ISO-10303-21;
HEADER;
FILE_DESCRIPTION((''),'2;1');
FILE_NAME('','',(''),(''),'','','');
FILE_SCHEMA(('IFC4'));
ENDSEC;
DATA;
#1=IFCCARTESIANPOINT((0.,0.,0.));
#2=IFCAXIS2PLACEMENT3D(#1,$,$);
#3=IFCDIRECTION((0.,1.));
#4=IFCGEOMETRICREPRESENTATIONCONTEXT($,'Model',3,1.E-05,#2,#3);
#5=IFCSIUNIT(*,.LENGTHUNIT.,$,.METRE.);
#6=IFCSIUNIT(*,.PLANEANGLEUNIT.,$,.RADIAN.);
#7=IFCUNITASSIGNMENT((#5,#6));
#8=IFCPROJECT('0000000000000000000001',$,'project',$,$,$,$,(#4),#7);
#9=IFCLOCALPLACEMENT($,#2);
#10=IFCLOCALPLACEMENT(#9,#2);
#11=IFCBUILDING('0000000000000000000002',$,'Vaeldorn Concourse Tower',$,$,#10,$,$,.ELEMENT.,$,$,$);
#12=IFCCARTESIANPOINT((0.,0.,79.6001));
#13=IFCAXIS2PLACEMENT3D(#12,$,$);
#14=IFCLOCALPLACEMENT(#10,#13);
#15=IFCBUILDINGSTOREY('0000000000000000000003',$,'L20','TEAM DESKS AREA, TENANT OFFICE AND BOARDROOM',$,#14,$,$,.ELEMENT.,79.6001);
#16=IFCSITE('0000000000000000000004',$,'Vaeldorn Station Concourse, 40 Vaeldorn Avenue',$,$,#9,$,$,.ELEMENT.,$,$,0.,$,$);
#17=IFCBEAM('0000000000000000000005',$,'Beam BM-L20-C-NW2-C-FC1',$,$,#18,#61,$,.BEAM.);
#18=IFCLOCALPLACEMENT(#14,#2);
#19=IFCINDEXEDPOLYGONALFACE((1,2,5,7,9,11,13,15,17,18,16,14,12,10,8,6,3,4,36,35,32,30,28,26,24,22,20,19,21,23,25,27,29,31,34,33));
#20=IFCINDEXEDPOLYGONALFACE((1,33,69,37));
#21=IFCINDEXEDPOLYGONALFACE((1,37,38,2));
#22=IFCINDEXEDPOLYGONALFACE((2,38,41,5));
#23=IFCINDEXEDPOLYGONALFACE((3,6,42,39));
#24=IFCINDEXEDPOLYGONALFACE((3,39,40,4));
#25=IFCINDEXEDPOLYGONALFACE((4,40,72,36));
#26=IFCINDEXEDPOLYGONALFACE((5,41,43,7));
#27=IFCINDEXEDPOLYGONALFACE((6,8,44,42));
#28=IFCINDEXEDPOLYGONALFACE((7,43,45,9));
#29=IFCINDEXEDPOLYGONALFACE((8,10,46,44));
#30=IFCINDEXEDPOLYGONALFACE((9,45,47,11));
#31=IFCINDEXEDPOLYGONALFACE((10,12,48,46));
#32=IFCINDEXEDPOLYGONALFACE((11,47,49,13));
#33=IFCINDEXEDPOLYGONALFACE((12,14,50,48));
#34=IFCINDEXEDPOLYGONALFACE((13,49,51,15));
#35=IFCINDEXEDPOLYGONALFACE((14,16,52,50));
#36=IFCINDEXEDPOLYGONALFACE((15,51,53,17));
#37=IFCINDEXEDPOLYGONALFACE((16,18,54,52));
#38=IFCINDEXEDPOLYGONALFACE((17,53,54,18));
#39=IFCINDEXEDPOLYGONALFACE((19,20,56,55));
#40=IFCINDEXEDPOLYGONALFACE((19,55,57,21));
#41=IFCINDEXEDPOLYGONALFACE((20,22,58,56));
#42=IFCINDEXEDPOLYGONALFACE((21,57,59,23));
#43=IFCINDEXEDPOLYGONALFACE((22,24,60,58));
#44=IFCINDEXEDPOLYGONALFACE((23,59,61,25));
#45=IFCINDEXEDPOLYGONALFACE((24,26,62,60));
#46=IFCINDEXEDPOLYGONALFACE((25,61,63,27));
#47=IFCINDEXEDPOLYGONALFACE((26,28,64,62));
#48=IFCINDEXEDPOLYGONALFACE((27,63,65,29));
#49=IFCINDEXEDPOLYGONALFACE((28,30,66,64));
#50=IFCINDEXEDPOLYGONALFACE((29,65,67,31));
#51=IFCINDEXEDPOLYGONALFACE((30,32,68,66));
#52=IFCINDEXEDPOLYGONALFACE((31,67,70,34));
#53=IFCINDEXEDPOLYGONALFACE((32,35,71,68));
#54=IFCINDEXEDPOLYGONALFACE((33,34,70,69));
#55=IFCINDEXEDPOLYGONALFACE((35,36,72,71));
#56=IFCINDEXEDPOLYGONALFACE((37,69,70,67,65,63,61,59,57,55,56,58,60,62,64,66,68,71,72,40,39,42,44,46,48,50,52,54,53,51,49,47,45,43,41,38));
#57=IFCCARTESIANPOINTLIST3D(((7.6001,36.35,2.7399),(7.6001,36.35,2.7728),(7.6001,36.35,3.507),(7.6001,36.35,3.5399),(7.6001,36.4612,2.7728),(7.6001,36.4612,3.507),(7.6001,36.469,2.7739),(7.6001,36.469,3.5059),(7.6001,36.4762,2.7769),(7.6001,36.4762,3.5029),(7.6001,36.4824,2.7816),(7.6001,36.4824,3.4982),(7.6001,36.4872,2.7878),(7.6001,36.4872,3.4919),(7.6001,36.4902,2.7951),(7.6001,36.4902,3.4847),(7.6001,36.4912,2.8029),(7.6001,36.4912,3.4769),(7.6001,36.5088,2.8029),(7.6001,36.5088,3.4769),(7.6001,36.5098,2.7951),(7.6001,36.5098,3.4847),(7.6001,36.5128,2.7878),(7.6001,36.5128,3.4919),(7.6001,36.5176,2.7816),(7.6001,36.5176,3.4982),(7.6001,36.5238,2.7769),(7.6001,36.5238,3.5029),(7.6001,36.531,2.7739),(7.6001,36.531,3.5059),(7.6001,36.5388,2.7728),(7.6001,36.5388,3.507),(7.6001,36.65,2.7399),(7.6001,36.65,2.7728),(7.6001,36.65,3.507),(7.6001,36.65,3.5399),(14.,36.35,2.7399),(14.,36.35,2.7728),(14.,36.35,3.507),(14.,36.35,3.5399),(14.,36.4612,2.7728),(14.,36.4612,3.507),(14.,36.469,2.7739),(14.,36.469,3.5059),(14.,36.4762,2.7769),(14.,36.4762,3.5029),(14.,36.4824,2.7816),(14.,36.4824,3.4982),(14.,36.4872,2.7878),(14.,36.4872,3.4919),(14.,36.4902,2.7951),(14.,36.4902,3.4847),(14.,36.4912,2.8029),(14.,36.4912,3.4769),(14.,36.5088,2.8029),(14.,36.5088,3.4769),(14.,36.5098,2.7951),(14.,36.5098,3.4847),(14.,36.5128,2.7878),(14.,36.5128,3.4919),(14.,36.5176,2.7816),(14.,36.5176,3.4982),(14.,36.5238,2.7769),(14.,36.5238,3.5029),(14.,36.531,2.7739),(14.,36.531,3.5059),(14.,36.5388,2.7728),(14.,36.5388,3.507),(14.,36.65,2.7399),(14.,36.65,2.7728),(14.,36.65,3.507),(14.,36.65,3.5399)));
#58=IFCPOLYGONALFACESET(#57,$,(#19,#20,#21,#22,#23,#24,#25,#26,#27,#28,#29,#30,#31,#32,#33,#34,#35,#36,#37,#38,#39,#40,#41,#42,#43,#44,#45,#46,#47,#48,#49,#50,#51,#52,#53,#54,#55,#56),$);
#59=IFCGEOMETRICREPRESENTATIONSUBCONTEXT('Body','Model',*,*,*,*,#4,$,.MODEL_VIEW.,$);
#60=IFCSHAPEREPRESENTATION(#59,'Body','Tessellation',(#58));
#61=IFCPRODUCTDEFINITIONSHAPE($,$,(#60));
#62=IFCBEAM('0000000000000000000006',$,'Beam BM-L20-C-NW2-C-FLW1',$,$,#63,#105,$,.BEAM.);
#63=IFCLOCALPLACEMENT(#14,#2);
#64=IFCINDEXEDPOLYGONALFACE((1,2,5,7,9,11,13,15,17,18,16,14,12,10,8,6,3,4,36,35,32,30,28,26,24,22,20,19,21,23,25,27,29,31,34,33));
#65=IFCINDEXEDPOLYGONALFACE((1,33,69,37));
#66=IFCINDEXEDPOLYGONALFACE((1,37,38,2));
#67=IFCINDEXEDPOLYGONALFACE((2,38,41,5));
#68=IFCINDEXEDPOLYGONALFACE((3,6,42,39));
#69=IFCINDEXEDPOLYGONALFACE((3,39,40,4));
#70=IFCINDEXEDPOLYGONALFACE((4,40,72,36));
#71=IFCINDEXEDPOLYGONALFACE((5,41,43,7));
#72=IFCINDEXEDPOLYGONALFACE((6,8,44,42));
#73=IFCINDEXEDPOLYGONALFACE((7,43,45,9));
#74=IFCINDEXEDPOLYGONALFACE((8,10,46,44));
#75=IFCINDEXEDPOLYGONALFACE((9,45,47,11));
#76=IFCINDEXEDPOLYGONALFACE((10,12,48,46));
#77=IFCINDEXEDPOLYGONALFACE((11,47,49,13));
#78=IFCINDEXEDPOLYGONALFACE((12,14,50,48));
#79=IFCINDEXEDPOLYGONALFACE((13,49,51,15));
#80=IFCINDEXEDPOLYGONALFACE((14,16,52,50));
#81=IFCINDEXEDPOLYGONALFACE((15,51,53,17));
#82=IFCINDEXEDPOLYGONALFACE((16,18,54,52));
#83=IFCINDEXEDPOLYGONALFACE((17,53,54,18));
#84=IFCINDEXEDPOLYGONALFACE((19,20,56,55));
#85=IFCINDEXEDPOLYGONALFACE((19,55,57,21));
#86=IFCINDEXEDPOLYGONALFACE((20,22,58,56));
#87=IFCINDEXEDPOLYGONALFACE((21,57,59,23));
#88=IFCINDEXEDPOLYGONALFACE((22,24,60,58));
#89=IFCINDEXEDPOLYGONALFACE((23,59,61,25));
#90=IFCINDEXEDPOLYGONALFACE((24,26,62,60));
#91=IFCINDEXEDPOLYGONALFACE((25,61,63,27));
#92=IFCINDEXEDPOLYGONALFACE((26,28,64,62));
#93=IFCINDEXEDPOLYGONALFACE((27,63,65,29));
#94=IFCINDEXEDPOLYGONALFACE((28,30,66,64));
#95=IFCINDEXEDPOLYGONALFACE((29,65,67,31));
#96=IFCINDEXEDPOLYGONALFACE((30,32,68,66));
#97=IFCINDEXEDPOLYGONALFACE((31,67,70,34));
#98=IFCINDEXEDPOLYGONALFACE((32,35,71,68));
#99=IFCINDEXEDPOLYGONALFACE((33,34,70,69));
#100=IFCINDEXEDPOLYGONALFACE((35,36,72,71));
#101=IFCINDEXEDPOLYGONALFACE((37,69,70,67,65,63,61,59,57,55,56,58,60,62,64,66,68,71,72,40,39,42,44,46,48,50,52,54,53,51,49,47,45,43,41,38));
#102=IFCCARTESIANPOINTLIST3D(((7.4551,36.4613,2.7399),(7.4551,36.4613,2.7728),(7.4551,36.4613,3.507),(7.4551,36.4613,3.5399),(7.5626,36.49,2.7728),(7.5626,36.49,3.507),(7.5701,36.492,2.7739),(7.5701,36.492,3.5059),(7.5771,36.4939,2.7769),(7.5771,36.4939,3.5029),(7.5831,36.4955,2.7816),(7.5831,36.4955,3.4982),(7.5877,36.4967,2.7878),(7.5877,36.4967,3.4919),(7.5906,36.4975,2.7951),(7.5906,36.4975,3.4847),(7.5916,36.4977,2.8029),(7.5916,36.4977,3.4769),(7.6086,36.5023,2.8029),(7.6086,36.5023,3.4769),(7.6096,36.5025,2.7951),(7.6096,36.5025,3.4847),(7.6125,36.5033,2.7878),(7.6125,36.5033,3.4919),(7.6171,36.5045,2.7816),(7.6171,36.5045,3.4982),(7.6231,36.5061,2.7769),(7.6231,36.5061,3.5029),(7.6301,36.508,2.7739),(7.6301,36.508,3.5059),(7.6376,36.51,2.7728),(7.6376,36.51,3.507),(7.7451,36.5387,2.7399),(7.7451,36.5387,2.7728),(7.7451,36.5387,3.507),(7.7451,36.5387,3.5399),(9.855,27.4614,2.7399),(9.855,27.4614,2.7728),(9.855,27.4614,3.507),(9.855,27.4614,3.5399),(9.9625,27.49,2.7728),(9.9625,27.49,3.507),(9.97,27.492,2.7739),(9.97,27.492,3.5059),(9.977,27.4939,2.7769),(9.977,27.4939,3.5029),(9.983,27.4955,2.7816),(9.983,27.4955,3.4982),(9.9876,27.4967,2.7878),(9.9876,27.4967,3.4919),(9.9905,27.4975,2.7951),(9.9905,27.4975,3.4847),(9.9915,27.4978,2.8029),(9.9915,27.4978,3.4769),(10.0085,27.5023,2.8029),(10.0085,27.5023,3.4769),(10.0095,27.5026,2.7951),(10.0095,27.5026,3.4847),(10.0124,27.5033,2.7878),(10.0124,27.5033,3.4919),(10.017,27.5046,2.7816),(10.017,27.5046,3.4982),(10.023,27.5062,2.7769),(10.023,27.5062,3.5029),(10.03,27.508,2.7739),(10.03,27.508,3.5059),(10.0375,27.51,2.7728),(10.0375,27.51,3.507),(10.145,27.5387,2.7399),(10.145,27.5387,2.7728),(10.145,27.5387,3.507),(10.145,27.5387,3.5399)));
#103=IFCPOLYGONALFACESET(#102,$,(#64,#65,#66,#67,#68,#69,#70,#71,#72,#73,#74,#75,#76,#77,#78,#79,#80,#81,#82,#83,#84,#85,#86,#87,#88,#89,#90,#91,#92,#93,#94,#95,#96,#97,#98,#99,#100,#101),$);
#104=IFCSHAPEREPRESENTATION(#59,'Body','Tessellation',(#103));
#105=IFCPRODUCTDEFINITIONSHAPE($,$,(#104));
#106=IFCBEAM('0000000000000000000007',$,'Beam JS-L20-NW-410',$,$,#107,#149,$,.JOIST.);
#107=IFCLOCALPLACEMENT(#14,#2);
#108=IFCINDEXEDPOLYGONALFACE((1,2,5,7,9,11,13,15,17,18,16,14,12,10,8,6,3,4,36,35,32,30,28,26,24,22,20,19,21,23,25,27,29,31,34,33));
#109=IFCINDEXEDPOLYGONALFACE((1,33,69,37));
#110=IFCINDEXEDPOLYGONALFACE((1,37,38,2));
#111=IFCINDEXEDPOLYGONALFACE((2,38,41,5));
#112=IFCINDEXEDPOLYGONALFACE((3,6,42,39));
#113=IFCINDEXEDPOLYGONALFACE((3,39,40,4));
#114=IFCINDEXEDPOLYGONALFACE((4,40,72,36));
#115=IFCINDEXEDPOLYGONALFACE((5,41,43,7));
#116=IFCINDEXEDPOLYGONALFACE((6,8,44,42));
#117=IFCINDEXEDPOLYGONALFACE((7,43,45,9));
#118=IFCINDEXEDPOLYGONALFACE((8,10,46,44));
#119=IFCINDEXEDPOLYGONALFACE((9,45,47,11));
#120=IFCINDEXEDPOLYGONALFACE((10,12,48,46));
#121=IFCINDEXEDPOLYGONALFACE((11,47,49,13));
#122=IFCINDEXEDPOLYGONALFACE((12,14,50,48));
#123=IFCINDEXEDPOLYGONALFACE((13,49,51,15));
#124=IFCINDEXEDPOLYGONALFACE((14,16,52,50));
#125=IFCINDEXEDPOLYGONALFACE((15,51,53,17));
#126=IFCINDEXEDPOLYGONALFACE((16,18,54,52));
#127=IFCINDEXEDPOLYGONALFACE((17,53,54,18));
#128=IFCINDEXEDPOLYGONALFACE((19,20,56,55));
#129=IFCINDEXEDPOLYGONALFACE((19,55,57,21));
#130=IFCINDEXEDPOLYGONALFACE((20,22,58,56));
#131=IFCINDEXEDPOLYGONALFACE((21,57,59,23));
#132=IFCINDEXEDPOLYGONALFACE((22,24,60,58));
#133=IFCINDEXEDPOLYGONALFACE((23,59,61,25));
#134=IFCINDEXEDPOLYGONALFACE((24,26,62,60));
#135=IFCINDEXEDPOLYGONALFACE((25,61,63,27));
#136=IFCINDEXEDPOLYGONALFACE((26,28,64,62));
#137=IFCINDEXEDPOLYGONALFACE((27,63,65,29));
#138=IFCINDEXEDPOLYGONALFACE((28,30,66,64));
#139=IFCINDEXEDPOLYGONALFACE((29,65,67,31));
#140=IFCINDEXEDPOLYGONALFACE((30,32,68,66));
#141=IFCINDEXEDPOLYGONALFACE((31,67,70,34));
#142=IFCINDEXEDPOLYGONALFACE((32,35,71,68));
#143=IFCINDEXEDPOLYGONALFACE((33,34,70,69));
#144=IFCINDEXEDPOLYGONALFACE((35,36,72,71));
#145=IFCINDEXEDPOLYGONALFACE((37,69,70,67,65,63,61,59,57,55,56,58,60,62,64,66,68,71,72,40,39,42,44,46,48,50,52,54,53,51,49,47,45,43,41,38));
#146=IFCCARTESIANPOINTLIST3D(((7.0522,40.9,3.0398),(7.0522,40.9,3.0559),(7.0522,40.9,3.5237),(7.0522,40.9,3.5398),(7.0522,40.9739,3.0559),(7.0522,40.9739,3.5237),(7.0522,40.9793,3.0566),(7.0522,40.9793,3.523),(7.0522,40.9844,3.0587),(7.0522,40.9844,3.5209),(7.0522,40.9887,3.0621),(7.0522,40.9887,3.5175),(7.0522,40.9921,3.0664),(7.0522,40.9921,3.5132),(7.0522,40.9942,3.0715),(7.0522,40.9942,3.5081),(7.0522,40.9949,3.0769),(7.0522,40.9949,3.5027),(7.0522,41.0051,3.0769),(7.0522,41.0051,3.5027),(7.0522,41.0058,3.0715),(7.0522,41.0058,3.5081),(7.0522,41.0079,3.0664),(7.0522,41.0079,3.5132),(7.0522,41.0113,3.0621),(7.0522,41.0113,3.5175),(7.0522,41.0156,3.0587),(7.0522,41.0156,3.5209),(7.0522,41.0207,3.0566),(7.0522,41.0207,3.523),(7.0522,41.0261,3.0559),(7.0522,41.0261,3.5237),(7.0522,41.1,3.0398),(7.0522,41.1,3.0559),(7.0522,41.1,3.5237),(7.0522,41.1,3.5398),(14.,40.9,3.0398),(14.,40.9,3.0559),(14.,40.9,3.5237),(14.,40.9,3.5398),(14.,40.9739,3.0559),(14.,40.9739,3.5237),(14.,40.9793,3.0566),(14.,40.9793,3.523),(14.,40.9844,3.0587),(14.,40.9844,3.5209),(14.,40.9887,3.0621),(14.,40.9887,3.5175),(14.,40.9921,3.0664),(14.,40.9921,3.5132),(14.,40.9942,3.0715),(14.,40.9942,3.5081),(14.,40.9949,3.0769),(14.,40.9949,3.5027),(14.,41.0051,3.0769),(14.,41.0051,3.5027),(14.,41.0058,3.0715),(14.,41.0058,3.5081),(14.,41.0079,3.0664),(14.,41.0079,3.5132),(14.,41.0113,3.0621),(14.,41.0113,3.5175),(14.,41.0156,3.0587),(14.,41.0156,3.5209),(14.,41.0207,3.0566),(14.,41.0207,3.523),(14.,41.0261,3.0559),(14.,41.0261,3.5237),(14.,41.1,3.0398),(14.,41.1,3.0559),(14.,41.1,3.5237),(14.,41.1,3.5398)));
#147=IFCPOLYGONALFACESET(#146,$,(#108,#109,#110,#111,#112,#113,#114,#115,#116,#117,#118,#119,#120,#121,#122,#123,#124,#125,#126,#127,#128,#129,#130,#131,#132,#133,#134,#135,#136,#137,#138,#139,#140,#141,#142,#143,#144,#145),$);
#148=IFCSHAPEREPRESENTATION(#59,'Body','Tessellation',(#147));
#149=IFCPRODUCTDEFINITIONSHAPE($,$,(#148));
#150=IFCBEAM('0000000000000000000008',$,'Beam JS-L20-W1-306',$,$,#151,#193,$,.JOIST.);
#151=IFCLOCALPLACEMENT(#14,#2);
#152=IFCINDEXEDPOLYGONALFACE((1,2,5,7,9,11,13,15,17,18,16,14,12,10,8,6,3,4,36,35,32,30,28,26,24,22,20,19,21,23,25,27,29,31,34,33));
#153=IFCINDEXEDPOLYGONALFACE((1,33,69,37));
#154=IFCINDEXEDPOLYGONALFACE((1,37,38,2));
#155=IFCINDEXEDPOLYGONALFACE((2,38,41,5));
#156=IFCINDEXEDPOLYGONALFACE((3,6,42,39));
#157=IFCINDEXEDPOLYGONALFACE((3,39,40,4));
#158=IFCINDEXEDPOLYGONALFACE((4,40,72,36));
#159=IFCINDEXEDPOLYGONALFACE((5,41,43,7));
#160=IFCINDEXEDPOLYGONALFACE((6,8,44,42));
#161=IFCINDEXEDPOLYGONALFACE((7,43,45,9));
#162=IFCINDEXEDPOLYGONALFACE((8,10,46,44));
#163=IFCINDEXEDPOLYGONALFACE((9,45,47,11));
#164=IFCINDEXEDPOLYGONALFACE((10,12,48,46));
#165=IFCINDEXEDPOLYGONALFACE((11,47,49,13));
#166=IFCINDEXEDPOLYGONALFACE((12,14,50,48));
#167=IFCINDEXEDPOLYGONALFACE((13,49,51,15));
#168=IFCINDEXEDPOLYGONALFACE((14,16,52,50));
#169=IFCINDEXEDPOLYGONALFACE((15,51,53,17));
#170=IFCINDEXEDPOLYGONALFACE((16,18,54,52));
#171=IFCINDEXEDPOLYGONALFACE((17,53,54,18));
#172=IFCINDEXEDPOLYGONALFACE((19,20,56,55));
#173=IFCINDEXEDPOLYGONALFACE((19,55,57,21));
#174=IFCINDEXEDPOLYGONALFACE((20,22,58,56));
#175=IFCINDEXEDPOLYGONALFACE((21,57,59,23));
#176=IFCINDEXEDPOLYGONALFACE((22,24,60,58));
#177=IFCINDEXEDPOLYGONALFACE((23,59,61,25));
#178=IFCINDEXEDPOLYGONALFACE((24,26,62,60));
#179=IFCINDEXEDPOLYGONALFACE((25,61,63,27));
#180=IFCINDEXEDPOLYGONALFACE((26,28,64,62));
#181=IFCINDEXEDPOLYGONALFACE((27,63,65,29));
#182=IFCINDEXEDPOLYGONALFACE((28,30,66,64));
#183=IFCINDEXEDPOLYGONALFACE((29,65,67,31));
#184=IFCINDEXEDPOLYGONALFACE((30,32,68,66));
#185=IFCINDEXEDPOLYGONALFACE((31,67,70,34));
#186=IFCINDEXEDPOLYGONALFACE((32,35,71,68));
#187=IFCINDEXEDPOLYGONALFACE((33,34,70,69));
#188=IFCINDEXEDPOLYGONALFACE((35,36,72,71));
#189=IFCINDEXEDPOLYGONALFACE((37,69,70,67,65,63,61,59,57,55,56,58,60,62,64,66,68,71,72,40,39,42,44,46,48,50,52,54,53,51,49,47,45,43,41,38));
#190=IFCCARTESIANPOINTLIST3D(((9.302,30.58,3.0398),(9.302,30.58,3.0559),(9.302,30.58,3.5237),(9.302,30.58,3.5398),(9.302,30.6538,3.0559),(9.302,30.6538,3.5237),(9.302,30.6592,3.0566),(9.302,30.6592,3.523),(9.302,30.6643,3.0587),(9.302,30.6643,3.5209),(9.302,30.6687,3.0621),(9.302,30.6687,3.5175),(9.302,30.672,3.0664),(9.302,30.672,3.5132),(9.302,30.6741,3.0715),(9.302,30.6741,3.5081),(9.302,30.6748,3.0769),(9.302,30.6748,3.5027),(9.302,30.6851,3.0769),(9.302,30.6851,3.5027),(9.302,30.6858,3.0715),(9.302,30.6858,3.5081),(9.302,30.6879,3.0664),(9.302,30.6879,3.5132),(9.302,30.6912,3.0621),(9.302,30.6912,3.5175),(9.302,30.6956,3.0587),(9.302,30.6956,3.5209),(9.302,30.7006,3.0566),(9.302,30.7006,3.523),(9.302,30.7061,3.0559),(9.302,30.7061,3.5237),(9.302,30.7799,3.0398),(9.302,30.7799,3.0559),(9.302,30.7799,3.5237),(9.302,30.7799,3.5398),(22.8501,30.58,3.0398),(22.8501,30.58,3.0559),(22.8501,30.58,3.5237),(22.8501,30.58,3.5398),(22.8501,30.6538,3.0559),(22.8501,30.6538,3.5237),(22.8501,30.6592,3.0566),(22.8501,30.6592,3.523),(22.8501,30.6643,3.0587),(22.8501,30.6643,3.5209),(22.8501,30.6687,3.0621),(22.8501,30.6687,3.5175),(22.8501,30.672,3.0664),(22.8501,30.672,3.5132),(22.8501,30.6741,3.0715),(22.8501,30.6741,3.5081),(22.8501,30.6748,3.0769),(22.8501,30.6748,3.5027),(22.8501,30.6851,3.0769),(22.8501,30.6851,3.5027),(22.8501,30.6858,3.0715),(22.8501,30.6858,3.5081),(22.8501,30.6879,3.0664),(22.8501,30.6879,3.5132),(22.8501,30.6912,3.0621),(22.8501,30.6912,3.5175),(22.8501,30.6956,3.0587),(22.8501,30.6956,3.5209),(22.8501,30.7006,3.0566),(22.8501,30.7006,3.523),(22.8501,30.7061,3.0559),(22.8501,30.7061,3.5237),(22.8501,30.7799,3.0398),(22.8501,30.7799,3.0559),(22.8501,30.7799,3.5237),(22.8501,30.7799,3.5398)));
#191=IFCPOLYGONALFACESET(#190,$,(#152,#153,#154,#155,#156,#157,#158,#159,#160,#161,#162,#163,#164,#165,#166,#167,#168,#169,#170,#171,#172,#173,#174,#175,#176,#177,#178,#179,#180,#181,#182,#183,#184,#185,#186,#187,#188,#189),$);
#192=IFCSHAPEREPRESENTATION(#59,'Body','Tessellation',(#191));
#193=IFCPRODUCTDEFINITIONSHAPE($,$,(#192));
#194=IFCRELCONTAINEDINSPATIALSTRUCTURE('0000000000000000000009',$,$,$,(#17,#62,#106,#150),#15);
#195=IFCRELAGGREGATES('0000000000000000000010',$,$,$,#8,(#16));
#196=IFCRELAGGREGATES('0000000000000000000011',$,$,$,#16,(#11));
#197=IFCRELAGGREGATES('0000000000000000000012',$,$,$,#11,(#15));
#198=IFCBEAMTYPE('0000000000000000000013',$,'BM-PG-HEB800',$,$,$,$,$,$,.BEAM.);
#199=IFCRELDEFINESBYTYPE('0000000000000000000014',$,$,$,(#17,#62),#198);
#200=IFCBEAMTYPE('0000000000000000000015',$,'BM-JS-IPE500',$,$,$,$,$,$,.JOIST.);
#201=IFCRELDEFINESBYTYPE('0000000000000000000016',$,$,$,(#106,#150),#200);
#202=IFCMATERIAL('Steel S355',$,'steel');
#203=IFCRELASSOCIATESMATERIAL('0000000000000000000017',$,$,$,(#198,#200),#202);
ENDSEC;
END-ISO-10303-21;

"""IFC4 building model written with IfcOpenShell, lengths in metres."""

from ifc_helpers import new_model, si_unit, direction, frame, origin, origin_2d, place, context, subcontext, project, spatial, i_section, extrude, source, transform, mapped, material, material_profile, profile_set, type_object, element, save


model = new_model("IFC4")

# Units and contexts
model_context = context("Model", 3, precision=1e-05, world=origin(), true_north=direction((0.0, 1.0)))
body_context = subcontext(model_context, "Body", "Model", "MODEL_VIEW")
ifc_project = project(units=[si_unit("LENGTHUNIT", "METRE"), si_unit("PLANEANGLEUNIT", "RADIAN")], contexts=[model_context])

# Site, building, storey
site_placement = place(None, origin())
site = spatial("IfcSite", under=ifc_project, at=site_placement, Name="Vaeldorn Station Concourse, 40 Vaeldorn Avenue", CompositionType="ELEMENT", RefElevation=0.0)
building_placement = place(site_placement, origin())
building = spatial("IfcBuilding", under=site, at=building_placement, Name="Vaeldorn Concourse Tower", CompositionType="ELEMENT")
storey_placement = place(building_placement, frame((0.0, 0.0, 79.6001)))
storey = spatial("IfcBuildingStorey", under=building, at=storey_placement, Name="L20", Description="TEAM DESKS AREA, TENANT OFFICE AND BOARDROOM", CompositionType="ELEMENT", Elevation=79.6001)

# Beams
ifc_material_1 = material(Name="Steel S355", Category="steel")
ifc_material_profile_1 = material_profile(ifc_material_1, i_section(OverallWidth=0.3, OverallDepth=0.8, WebThickness=0.0176, FlangeThickness=0.033, FilletRadius=0.03, at=origin_2d()), Name="HEB 800")
ifc_profile_set_1 = profile_set([ifc_material_profile_1], Name="Steel S355")
beam_type_1 = type_object("IfcBeamType", Name="BM-PG-HEB800", PredefinedType="BEAM", material=ifc_profile_set_1)
shared_shape_1 = source(origin(), body_context, "Body", "SweptSolid", [
    extrude(i_section(OverallWidth=0.3, OverallDepth=0.8, WebThickness=0.0176, FlangeThickness=0.033, FilletRadius=0.03, at=origin_2d()), origin(), (0.0, 0.0, 1.0), 6.3999),
])
beam_1_placement = place(storey_placement, frame((7.6001, 36.5, 3.1399), z_axis=(1.0, 0.0, 0.0), x_axis=(0.0, 1.0, 0.0)))
element("IfcBeam", 1, at=beam_1_placement, inside=storey, type_object=beam_type_1, Name="Beam BM-L20-C-NW2-C-FC1", PredefinedType="BEAM", context=body_context, shape_type="MappedRepresentation", body=[
    mapped(shared_shape_1, transform((0.0, 0.0, 0.0), scale=1.0)),
])
shared_shape_2 = source(origin(), body_context, "Body", "SweptSolid", [
    extrude(i_section(OverallWidth=0.3, OverallDepth=0.8, WebThickness=0.0176, FlangeThickness=0.033, FilletRadius=0.03, at=origin_2d()), origin(), (0.0, 0.0, 1.0), 9.3145),
])
beam_2_placement = place(storey_placement, frame((7.6001, 36.5, 3.1399), z_axis=(0.257653, -0.966238, 0.0), x_axis=(0.966238, 0.257653, 0.0)))
element("IfcBeam", 2, at=beam_2_placement, inside=storey, type_object=beam_type_1, Name="Beam BM-L20-C-NW2-C-FLW1", PredefinedType="BEAM", context=body_context, shape_type="MappedRepresentation", body=[
    mapped(shared_shape_2, transform((0.0, 0.0, 0.0), scale=1.0)),
])
ifc_material_profile_2 = material_profile(ifc_material_1, i_section(OverallWidth=0.2, OverallDepth=0.5, WebThickness=0.0103, FlangeThickness=0.0161, FilletRadius=0.021, at=origin_2d()), Name="IPE 500")
ifc_profile_set_2 = profile_set([ifc_material_profile_2], Name="Steel S355")
beam_type_2 = type_object("IfcBeamType", Name="BM-JS-IPE500", PredefinedType="JOIST", material=ifc_profile_set_2)
shared_shape_3 = source(origin(), body_context, "Body", "SweptSolid", [
    extrude(i_section(OverallWidth=0.2, OverallDepth=0.5, WebThickness=0.0103, FlangeThickness=0.0161, FilletRadius=0.021, at=origin_2d()), origin(), (0.0, 0.0, 1.0), 6.9478),
])
beam_3_placement = place(storey_placement, frame((7.0522, 41.0, 3.2898), z_axis=(1.0, 0.0, 0.0), x_axis=(0.0, 1.0, 0.0)))
element("IfcBeam", 3, at=beam_3_placement, inside=storey, type_object=beam_type_2, Name="Beam JS-L20-NW-410", PredefinedType="JOIST", context=body_context, shape_type="MappedRepresentation", body=[
    mapped(shared_shape_3, transform((0.0, 0.0, 0.0), scale=1.0)),
])
shared_shape_4 = source(origin(), body_context, "Body", "SweptSolid", [
    extrude(i_section(OverallWidth=0.2, OverallDepth=0.5, WebThickness=0.0103, FlangeThickness=0.0161, FilletRadius=0.021, at=origin_2d()), origin(), (0.0, 0.0, 1.0), 13.5481),
])
beam_4_placement = place(storey_placement, frame((9.302, 30.6799, 3.2898), z_axis=(1.0, 0.0, 0.0), x_axis=(0.0, 1.0, 0.0)))
element("IfcBeam", 4, at=beam_4_placement, inside=storey, type_object=beam_type_2, Name="Beam JS-L20-W1-306", PredefinedType="JOIST", context=body_context, shape_type="MappedRepresentation", body=[
    mapped(shared_shape_4, transform((0.0, 0.0, 0.0), scale=1.0)),
])

save(model, "model.ifc")
